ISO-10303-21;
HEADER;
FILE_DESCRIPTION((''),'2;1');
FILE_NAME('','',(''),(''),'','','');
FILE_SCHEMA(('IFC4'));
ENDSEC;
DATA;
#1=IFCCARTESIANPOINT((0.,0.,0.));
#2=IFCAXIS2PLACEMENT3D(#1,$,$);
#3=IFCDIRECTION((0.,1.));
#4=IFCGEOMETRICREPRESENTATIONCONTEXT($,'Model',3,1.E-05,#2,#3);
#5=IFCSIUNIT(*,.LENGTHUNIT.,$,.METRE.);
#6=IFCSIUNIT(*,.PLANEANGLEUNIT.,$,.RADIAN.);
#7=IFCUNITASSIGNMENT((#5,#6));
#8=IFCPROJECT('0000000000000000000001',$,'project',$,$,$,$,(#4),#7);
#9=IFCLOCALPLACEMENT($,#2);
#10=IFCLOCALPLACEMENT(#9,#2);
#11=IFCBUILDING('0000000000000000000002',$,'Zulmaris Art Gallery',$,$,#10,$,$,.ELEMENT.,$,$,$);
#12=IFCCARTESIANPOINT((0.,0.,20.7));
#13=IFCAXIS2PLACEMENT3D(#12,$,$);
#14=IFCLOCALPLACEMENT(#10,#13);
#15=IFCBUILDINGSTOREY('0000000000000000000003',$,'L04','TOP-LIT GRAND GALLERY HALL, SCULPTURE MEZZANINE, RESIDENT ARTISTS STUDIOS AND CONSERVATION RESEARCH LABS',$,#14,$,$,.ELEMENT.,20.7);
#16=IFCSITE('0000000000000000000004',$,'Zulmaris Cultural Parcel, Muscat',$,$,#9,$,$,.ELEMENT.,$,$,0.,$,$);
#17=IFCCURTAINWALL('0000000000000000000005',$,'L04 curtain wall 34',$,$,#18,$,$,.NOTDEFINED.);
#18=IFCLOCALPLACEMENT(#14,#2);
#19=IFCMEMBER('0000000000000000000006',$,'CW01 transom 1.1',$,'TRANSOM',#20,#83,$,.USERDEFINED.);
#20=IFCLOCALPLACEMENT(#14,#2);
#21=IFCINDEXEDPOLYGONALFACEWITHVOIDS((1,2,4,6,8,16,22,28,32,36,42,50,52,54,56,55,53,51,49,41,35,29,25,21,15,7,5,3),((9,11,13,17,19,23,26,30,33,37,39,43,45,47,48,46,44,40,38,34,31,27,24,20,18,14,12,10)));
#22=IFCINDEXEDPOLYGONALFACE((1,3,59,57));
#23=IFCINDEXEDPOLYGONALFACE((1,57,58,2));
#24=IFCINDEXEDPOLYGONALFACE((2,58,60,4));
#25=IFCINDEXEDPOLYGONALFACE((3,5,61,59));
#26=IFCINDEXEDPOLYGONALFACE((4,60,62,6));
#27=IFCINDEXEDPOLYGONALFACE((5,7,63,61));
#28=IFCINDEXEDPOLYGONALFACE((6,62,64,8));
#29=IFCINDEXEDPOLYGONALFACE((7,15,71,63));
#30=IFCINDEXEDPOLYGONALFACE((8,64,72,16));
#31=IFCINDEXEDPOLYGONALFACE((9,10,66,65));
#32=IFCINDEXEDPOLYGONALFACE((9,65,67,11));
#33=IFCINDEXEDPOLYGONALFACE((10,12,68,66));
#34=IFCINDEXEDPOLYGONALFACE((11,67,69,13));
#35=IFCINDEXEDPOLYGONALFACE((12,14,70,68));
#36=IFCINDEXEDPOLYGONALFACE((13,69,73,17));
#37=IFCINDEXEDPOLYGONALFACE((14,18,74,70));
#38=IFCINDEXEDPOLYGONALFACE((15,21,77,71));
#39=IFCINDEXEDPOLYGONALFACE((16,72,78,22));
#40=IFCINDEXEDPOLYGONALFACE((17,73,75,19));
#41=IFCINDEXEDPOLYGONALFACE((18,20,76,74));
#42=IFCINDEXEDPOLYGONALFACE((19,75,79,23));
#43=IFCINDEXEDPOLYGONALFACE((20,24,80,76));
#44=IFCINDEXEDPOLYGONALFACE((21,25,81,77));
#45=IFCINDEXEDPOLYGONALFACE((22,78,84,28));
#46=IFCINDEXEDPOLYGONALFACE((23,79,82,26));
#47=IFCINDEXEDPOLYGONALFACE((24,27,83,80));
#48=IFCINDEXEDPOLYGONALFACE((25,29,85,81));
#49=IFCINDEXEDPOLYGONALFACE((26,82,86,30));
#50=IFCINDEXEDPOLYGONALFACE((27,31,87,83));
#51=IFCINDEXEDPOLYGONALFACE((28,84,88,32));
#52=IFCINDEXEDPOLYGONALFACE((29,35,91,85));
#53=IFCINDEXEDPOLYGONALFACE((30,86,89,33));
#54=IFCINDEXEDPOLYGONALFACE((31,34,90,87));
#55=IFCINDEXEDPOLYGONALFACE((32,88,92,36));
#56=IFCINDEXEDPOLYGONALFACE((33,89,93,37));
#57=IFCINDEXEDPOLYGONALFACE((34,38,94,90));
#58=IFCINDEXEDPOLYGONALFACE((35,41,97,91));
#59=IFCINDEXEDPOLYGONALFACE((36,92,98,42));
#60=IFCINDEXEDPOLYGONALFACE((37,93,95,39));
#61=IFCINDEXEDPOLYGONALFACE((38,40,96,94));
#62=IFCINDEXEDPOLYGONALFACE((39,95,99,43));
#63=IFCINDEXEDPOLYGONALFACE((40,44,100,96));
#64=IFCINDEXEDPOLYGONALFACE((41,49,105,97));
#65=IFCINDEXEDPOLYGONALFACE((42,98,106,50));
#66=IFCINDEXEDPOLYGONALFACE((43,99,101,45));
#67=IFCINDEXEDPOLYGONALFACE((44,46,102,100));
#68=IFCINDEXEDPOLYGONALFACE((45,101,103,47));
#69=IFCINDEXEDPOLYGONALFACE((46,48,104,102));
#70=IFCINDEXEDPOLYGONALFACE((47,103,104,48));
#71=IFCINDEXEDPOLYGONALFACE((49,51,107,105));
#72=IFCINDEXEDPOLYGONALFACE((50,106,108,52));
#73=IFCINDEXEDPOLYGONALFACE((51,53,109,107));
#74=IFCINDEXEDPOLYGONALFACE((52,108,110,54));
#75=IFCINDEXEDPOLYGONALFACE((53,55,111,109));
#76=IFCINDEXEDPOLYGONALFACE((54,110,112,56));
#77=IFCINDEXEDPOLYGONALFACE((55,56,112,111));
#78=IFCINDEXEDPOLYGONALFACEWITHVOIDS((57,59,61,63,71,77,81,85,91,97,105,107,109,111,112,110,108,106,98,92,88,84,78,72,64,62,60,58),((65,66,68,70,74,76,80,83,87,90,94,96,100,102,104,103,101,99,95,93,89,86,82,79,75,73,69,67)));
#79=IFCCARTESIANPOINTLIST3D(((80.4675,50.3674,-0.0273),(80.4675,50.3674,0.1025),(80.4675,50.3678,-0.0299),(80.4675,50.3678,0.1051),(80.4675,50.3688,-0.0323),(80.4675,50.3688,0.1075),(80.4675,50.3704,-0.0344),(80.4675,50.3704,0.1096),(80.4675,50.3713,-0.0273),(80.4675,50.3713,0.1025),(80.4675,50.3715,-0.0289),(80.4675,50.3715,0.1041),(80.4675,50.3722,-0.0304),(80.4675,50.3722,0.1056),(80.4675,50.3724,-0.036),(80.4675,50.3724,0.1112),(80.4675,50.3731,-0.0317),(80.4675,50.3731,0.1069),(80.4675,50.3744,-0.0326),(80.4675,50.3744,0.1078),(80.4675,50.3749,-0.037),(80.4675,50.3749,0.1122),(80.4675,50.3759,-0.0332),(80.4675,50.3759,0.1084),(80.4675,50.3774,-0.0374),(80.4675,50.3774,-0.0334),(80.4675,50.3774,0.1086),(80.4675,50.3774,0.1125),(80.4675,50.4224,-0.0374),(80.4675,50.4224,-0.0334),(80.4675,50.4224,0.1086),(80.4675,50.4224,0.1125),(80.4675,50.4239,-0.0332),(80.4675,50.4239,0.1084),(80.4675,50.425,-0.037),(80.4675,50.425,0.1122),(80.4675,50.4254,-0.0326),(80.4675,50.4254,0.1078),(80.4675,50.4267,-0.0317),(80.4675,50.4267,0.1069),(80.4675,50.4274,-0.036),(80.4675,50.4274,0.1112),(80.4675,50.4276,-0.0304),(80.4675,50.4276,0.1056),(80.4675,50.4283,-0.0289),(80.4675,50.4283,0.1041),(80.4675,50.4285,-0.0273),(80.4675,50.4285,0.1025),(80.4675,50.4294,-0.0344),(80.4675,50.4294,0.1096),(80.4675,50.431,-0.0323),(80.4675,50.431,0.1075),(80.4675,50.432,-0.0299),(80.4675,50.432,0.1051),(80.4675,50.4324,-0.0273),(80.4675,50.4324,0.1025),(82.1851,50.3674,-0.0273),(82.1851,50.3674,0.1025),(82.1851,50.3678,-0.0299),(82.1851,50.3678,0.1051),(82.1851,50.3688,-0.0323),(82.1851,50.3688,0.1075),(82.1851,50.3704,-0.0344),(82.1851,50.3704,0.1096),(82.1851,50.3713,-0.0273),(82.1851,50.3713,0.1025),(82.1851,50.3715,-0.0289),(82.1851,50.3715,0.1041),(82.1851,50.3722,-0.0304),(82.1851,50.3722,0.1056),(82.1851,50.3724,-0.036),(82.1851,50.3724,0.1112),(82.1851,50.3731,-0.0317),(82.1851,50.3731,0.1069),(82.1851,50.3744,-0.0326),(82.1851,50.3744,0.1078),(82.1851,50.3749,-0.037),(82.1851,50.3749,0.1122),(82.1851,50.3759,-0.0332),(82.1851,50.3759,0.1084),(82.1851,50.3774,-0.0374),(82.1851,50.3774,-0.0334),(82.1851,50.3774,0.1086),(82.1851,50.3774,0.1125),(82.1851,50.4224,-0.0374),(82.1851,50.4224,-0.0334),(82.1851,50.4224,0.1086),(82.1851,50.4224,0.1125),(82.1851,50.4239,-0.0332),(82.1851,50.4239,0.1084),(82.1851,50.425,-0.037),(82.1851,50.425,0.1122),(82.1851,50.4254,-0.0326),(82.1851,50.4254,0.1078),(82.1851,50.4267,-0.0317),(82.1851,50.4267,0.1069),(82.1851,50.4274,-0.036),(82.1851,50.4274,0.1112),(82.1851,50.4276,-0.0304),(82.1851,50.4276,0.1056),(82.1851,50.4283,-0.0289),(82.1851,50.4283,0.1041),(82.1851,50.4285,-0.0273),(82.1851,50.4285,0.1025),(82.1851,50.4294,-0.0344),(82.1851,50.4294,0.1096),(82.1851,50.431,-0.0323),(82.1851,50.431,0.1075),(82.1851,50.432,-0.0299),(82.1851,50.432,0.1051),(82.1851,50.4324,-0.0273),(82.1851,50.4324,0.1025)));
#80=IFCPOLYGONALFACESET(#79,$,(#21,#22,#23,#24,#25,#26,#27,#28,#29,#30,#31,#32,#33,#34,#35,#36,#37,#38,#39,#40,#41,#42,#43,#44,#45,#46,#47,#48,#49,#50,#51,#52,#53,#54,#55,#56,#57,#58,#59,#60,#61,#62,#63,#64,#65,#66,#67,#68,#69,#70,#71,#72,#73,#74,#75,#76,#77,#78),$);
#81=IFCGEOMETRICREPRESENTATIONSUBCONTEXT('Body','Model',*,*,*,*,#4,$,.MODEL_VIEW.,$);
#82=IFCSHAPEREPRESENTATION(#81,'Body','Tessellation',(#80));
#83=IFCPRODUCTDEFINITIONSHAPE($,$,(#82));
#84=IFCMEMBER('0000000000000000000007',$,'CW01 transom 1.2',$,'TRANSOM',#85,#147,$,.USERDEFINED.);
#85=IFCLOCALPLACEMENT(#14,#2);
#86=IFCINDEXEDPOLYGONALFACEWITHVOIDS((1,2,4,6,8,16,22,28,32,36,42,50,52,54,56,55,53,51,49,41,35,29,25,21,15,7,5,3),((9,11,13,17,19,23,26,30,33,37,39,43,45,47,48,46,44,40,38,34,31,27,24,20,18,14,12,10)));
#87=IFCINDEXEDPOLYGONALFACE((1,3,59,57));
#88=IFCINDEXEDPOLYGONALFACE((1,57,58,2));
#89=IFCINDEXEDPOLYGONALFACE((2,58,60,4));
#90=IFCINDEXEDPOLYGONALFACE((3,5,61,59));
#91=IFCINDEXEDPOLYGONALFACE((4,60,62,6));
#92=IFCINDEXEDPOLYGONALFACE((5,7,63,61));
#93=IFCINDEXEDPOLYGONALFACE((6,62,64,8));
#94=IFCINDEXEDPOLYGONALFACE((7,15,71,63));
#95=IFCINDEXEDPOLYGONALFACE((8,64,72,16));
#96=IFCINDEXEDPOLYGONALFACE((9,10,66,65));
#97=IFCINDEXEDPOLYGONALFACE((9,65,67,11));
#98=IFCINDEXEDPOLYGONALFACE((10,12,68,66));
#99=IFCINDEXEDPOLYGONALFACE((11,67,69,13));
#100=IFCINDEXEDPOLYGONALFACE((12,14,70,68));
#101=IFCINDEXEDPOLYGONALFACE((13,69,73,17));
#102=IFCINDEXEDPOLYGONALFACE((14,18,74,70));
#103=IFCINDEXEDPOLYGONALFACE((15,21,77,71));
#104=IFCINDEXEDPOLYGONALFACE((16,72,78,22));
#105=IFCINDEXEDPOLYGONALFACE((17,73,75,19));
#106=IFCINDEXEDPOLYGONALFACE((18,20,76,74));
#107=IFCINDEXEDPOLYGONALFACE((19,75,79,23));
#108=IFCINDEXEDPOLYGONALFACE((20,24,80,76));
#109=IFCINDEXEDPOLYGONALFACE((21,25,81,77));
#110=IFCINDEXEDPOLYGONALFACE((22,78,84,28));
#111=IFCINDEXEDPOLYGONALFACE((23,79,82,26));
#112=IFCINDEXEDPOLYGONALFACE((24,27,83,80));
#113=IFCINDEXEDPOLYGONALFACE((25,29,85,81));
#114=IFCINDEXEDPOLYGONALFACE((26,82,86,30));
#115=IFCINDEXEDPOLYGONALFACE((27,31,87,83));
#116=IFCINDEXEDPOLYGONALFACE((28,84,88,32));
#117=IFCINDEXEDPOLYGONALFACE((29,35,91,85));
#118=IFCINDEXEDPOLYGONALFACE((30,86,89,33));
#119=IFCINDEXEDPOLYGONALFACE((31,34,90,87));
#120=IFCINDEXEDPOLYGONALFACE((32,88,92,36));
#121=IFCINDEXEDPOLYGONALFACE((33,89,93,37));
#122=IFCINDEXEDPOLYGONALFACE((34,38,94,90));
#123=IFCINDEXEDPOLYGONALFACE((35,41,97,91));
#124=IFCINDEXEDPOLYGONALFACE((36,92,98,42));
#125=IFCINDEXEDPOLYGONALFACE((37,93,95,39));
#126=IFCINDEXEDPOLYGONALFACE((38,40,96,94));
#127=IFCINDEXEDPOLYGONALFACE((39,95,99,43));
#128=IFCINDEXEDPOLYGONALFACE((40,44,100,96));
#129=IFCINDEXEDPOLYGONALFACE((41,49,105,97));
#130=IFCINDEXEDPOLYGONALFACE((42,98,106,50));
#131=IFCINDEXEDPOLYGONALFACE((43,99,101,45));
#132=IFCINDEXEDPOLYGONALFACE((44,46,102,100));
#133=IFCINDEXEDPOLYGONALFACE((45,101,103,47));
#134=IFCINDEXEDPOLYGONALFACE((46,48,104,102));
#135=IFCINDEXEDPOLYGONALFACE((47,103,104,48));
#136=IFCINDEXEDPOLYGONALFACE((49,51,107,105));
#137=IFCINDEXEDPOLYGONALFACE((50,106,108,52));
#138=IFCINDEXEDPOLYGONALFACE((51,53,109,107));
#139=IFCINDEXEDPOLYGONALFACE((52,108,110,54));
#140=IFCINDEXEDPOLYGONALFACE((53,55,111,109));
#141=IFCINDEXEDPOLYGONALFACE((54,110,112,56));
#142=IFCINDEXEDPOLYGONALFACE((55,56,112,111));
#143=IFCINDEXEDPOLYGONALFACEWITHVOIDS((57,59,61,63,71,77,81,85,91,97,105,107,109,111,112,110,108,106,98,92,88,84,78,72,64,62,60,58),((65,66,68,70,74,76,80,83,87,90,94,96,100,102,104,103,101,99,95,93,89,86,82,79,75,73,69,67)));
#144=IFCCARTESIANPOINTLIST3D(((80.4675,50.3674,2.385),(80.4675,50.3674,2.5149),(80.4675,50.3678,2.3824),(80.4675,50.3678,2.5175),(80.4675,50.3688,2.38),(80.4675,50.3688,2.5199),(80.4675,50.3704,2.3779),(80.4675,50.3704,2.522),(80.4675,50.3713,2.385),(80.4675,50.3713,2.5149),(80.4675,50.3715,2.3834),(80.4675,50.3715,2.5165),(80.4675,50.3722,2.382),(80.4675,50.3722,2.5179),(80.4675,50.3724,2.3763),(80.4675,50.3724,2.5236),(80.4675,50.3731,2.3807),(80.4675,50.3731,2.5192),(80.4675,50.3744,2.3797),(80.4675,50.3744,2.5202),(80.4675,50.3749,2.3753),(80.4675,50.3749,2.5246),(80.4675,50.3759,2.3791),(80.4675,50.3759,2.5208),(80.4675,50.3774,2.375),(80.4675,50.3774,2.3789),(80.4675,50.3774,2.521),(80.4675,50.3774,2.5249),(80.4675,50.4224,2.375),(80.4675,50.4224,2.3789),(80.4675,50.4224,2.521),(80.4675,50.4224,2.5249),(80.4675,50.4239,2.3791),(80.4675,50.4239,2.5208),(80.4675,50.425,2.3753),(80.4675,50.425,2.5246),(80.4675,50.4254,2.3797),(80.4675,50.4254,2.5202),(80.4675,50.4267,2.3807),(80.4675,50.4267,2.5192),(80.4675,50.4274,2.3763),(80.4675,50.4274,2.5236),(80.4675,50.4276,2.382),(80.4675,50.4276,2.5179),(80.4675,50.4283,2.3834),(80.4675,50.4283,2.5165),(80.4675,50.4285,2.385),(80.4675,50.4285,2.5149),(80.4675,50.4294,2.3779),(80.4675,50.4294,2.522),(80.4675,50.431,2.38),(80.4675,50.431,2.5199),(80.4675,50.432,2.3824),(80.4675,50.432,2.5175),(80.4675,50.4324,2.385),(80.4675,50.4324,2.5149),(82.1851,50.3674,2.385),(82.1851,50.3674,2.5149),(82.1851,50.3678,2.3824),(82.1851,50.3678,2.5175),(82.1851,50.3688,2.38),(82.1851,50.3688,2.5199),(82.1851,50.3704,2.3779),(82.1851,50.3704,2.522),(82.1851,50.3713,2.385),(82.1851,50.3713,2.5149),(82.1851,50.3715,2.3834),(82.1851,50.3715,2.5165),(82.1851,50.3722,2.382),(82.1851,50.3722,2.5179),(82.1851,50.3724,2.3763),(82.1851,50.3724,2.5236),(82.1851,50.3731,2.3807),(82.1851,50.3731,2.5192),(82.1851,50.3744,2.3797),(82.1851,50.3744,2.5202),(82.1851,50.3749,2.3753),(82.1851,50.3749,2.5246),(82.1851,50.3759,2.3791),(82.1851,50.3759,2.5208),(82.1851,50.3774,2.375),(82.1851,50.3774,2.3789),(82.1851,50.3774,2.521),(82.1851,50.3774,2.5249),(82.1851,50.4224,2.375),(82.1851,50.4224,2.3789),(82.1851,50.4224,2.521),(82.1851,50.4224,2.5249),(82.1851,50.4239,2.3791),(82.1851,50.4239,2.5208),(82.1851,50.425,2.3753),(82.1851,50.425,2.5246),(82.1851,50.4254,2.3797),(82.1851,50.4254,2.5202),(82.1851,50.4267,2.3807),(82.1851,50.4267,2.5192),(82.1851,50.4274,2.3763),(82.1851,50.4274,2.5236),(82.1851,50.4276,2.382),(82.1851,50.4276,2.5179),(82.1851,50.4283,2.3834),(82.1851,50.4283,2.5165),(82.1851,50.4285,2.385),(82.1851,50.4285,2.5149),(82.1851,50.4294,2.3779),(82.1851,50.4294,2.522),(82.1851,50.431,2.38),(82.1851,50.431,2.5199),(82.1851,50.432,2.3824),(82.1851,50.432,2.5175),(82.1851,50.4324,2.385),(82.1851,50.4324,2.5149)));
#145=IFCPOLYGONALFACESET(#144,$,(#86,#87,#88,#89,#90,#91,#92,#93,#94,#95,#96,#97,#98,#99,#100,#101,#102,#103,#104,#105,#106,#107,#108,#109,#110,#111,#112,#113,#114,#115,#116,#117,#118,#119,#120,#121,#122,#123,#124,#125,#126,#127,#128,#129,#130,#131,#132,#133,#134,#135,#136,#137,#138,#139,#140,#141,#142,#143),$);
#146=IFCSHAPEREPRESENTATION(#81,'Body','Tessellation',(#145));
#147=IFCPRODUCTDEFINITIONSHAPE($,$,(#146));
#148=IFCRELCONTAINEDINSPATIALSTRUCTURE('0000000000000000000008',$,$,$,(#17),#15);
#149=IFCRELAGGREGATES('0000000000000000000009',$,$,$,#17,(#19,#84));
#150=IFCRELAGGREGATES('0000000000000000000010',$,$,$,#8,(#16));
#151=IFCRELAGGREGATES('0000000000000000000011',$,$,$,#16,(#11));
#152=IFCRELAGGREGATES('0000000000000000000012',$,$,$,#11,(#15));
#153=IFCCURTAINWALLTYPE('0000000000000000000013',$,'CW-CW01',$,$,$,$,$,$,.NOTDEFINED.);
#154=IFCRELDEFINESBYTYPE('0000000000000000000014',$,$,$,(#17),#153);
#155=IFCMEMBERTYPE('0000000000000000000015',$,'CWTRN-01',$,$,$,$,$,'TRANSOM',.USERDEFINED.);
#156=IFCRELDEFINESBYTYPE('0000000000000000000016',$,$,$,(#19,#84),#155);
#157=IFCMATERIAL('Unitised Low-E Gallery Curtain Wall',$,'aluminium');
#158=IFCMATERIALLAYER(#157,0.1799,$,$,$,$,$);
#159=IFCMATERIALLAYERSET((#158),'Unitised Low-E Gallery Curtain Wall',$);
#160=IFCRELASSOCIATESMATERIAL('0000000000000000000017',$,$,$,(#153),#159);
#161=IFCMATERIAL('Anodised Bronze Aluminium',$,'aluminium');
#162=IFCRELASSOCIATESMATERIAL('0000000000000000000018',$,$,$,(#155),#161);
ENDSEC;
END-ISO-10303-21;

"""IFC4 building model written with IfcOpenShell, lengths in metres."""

from ifc_helpers import new_model, si_unit, direction, frame, origin, origin_2d, place, context, subcontext, project, spatial, hollow_rectangle, extrude, material, layer, layer_set, material_profile, profile_set, type_object, element, aggregate, save


model = new_model("IFC4")

# Units and contexts
model_context = context("Model", 3, precision=1e-05, world=origin(), true_north=direction((0.0, 1.0)))
body_context = subcontext(model_context, "Body", "Model", "MODEL_VIEW")
ifc_project = project(units=[si_unit("LENGTHUNIT", "METRE"), si_unit("PLANEANGLEUNIT", "RADIAN")], contexts=[model_context])

# Site, building, storey
site_placement = place(None, origin())
site = spatial("IfcSite", under=ifc_project, at=site_placement, Name="Zulmaris Cultural Parcel, Muscat", CompositionType="ELEMENT", RefElevation=0.0)
building_placement = place(site_placement, origin())
building = spatial("IfcBuilding", under=site, at=building_placement, Name="Zulmaris Art Gallery", CompositionType="ELEMENT")
storey_placement = place(building_placement, frame((0.0, 0.0, 20.7)))
storey = spatial("IfcBuildingStorey", under=building, at=storey_placement, Name="L04", Description="TOP-LIT GRAND GALLERY HALL, SCULPTURE MEZZANINE, RESIDENT ARTISTS STUDIOS AND CONSERVATION RESEARCH LABS", CompositionType="ELEMENT", Elevation=20.7)

# Curtain wall, members
ifc_material_1 = material(Name="Unitised Low-E Gallery Curtain Wall", Category="aluminium")
ifc_layer_1 = layer(ifc_material_1, 0.1799)
ifc_layer_set_1 = layer_set([ifc_layer_1], Name="Unitised Low-E Gallery Curtain Wall")
curtain_wall_type = type_object("IfcCurtainWallType", Name="CW-CW01", PredefinedType="NOTDEFINED", material=ifc_layer_set_1)
curtain_wall_placement = place(storey_placement, origin())
curtain_wall = element("IfcCurtainWall", 1, at=curtain_wall_placement, inside=storey, type_object=curtain_wall_type, Name="L04 curtain wall 34", PredefinedType="NOTDEFINED")
ifc_material_2 = material(Name="Anodised Bronze Aluminium", Category="aluminium")
ifc_material_profile_1 = material_profile(ifc_material_2, hollow_rectangle(XDim=0.0649, YDim=0.1499, WallThickness=0.0039, InnerFilletRadius=0.0061, OuterFilletRadius=0.01, at=origin_2d()), Name="ALU 65x150x4")
ifc_profile_set_1 = profile_set([ifc_material_profile_1], Name="Anodised Bronze Aluminium")
member_type_1 = type_object("IfcMemberType", Name="CWTRN-01", ElementType="TRANSOM", PredefinedType="USERDEFINED", material=ifc_profile_set_1)
member_1_placement = place(storey_placement, frame((82.1851, 50.3999, 0.0376), z_axis=(-1.0, 0.0, 0.0), x_axis=(0.0, -1.0, 0.0)))
member_1 = element("IfcMember", 2, at=member_1_placement, type_object=member_type_1, Name="CW01 transom 1.1", ObjectType="TRANSOM", PredefinedType="USERDEFINED", context=body_context, shape_type="SweptSolid", body=[
    extrude(hollow_rectangle(XDim=0.0649, YDim=0.1499, WallThickness=0.0039, InnerFilletRadius=0.0061, OuterFilletRadius=0.01, at=origin_2d()), origin(), (0.0, 0.0, 1.0), 1.7175),
])
member_2_placement = place(storey_placement, frame((82.1851, 50.3999, 2.45), z_axis=(-1.0, 0.0, 0.0), x_axis=(0.0, -1.0, 0.0)))
member_2 = element("IfcMember", 3, at=member_2_placement, type_object=member_type_1, Name="CW01 transom 1.2", ObjectType="TRANSOM", PredefinedType="USERDEFINED", context=body_context, shape_type="SweptSolid", body=[
    extrude(hollow_rectangle(XDim=0.0649, YDim=0.1499, WallThickness=0.0039, InnerFilletRadius=0.0061, OuterFilletRadius=0.01, at=origin_2d()), origin(), (0.0, 0.0, 1.0), 1.7175),
])
aggregate(curtain_wall, [member_1, member_2])

save(model, "model.ifc")
